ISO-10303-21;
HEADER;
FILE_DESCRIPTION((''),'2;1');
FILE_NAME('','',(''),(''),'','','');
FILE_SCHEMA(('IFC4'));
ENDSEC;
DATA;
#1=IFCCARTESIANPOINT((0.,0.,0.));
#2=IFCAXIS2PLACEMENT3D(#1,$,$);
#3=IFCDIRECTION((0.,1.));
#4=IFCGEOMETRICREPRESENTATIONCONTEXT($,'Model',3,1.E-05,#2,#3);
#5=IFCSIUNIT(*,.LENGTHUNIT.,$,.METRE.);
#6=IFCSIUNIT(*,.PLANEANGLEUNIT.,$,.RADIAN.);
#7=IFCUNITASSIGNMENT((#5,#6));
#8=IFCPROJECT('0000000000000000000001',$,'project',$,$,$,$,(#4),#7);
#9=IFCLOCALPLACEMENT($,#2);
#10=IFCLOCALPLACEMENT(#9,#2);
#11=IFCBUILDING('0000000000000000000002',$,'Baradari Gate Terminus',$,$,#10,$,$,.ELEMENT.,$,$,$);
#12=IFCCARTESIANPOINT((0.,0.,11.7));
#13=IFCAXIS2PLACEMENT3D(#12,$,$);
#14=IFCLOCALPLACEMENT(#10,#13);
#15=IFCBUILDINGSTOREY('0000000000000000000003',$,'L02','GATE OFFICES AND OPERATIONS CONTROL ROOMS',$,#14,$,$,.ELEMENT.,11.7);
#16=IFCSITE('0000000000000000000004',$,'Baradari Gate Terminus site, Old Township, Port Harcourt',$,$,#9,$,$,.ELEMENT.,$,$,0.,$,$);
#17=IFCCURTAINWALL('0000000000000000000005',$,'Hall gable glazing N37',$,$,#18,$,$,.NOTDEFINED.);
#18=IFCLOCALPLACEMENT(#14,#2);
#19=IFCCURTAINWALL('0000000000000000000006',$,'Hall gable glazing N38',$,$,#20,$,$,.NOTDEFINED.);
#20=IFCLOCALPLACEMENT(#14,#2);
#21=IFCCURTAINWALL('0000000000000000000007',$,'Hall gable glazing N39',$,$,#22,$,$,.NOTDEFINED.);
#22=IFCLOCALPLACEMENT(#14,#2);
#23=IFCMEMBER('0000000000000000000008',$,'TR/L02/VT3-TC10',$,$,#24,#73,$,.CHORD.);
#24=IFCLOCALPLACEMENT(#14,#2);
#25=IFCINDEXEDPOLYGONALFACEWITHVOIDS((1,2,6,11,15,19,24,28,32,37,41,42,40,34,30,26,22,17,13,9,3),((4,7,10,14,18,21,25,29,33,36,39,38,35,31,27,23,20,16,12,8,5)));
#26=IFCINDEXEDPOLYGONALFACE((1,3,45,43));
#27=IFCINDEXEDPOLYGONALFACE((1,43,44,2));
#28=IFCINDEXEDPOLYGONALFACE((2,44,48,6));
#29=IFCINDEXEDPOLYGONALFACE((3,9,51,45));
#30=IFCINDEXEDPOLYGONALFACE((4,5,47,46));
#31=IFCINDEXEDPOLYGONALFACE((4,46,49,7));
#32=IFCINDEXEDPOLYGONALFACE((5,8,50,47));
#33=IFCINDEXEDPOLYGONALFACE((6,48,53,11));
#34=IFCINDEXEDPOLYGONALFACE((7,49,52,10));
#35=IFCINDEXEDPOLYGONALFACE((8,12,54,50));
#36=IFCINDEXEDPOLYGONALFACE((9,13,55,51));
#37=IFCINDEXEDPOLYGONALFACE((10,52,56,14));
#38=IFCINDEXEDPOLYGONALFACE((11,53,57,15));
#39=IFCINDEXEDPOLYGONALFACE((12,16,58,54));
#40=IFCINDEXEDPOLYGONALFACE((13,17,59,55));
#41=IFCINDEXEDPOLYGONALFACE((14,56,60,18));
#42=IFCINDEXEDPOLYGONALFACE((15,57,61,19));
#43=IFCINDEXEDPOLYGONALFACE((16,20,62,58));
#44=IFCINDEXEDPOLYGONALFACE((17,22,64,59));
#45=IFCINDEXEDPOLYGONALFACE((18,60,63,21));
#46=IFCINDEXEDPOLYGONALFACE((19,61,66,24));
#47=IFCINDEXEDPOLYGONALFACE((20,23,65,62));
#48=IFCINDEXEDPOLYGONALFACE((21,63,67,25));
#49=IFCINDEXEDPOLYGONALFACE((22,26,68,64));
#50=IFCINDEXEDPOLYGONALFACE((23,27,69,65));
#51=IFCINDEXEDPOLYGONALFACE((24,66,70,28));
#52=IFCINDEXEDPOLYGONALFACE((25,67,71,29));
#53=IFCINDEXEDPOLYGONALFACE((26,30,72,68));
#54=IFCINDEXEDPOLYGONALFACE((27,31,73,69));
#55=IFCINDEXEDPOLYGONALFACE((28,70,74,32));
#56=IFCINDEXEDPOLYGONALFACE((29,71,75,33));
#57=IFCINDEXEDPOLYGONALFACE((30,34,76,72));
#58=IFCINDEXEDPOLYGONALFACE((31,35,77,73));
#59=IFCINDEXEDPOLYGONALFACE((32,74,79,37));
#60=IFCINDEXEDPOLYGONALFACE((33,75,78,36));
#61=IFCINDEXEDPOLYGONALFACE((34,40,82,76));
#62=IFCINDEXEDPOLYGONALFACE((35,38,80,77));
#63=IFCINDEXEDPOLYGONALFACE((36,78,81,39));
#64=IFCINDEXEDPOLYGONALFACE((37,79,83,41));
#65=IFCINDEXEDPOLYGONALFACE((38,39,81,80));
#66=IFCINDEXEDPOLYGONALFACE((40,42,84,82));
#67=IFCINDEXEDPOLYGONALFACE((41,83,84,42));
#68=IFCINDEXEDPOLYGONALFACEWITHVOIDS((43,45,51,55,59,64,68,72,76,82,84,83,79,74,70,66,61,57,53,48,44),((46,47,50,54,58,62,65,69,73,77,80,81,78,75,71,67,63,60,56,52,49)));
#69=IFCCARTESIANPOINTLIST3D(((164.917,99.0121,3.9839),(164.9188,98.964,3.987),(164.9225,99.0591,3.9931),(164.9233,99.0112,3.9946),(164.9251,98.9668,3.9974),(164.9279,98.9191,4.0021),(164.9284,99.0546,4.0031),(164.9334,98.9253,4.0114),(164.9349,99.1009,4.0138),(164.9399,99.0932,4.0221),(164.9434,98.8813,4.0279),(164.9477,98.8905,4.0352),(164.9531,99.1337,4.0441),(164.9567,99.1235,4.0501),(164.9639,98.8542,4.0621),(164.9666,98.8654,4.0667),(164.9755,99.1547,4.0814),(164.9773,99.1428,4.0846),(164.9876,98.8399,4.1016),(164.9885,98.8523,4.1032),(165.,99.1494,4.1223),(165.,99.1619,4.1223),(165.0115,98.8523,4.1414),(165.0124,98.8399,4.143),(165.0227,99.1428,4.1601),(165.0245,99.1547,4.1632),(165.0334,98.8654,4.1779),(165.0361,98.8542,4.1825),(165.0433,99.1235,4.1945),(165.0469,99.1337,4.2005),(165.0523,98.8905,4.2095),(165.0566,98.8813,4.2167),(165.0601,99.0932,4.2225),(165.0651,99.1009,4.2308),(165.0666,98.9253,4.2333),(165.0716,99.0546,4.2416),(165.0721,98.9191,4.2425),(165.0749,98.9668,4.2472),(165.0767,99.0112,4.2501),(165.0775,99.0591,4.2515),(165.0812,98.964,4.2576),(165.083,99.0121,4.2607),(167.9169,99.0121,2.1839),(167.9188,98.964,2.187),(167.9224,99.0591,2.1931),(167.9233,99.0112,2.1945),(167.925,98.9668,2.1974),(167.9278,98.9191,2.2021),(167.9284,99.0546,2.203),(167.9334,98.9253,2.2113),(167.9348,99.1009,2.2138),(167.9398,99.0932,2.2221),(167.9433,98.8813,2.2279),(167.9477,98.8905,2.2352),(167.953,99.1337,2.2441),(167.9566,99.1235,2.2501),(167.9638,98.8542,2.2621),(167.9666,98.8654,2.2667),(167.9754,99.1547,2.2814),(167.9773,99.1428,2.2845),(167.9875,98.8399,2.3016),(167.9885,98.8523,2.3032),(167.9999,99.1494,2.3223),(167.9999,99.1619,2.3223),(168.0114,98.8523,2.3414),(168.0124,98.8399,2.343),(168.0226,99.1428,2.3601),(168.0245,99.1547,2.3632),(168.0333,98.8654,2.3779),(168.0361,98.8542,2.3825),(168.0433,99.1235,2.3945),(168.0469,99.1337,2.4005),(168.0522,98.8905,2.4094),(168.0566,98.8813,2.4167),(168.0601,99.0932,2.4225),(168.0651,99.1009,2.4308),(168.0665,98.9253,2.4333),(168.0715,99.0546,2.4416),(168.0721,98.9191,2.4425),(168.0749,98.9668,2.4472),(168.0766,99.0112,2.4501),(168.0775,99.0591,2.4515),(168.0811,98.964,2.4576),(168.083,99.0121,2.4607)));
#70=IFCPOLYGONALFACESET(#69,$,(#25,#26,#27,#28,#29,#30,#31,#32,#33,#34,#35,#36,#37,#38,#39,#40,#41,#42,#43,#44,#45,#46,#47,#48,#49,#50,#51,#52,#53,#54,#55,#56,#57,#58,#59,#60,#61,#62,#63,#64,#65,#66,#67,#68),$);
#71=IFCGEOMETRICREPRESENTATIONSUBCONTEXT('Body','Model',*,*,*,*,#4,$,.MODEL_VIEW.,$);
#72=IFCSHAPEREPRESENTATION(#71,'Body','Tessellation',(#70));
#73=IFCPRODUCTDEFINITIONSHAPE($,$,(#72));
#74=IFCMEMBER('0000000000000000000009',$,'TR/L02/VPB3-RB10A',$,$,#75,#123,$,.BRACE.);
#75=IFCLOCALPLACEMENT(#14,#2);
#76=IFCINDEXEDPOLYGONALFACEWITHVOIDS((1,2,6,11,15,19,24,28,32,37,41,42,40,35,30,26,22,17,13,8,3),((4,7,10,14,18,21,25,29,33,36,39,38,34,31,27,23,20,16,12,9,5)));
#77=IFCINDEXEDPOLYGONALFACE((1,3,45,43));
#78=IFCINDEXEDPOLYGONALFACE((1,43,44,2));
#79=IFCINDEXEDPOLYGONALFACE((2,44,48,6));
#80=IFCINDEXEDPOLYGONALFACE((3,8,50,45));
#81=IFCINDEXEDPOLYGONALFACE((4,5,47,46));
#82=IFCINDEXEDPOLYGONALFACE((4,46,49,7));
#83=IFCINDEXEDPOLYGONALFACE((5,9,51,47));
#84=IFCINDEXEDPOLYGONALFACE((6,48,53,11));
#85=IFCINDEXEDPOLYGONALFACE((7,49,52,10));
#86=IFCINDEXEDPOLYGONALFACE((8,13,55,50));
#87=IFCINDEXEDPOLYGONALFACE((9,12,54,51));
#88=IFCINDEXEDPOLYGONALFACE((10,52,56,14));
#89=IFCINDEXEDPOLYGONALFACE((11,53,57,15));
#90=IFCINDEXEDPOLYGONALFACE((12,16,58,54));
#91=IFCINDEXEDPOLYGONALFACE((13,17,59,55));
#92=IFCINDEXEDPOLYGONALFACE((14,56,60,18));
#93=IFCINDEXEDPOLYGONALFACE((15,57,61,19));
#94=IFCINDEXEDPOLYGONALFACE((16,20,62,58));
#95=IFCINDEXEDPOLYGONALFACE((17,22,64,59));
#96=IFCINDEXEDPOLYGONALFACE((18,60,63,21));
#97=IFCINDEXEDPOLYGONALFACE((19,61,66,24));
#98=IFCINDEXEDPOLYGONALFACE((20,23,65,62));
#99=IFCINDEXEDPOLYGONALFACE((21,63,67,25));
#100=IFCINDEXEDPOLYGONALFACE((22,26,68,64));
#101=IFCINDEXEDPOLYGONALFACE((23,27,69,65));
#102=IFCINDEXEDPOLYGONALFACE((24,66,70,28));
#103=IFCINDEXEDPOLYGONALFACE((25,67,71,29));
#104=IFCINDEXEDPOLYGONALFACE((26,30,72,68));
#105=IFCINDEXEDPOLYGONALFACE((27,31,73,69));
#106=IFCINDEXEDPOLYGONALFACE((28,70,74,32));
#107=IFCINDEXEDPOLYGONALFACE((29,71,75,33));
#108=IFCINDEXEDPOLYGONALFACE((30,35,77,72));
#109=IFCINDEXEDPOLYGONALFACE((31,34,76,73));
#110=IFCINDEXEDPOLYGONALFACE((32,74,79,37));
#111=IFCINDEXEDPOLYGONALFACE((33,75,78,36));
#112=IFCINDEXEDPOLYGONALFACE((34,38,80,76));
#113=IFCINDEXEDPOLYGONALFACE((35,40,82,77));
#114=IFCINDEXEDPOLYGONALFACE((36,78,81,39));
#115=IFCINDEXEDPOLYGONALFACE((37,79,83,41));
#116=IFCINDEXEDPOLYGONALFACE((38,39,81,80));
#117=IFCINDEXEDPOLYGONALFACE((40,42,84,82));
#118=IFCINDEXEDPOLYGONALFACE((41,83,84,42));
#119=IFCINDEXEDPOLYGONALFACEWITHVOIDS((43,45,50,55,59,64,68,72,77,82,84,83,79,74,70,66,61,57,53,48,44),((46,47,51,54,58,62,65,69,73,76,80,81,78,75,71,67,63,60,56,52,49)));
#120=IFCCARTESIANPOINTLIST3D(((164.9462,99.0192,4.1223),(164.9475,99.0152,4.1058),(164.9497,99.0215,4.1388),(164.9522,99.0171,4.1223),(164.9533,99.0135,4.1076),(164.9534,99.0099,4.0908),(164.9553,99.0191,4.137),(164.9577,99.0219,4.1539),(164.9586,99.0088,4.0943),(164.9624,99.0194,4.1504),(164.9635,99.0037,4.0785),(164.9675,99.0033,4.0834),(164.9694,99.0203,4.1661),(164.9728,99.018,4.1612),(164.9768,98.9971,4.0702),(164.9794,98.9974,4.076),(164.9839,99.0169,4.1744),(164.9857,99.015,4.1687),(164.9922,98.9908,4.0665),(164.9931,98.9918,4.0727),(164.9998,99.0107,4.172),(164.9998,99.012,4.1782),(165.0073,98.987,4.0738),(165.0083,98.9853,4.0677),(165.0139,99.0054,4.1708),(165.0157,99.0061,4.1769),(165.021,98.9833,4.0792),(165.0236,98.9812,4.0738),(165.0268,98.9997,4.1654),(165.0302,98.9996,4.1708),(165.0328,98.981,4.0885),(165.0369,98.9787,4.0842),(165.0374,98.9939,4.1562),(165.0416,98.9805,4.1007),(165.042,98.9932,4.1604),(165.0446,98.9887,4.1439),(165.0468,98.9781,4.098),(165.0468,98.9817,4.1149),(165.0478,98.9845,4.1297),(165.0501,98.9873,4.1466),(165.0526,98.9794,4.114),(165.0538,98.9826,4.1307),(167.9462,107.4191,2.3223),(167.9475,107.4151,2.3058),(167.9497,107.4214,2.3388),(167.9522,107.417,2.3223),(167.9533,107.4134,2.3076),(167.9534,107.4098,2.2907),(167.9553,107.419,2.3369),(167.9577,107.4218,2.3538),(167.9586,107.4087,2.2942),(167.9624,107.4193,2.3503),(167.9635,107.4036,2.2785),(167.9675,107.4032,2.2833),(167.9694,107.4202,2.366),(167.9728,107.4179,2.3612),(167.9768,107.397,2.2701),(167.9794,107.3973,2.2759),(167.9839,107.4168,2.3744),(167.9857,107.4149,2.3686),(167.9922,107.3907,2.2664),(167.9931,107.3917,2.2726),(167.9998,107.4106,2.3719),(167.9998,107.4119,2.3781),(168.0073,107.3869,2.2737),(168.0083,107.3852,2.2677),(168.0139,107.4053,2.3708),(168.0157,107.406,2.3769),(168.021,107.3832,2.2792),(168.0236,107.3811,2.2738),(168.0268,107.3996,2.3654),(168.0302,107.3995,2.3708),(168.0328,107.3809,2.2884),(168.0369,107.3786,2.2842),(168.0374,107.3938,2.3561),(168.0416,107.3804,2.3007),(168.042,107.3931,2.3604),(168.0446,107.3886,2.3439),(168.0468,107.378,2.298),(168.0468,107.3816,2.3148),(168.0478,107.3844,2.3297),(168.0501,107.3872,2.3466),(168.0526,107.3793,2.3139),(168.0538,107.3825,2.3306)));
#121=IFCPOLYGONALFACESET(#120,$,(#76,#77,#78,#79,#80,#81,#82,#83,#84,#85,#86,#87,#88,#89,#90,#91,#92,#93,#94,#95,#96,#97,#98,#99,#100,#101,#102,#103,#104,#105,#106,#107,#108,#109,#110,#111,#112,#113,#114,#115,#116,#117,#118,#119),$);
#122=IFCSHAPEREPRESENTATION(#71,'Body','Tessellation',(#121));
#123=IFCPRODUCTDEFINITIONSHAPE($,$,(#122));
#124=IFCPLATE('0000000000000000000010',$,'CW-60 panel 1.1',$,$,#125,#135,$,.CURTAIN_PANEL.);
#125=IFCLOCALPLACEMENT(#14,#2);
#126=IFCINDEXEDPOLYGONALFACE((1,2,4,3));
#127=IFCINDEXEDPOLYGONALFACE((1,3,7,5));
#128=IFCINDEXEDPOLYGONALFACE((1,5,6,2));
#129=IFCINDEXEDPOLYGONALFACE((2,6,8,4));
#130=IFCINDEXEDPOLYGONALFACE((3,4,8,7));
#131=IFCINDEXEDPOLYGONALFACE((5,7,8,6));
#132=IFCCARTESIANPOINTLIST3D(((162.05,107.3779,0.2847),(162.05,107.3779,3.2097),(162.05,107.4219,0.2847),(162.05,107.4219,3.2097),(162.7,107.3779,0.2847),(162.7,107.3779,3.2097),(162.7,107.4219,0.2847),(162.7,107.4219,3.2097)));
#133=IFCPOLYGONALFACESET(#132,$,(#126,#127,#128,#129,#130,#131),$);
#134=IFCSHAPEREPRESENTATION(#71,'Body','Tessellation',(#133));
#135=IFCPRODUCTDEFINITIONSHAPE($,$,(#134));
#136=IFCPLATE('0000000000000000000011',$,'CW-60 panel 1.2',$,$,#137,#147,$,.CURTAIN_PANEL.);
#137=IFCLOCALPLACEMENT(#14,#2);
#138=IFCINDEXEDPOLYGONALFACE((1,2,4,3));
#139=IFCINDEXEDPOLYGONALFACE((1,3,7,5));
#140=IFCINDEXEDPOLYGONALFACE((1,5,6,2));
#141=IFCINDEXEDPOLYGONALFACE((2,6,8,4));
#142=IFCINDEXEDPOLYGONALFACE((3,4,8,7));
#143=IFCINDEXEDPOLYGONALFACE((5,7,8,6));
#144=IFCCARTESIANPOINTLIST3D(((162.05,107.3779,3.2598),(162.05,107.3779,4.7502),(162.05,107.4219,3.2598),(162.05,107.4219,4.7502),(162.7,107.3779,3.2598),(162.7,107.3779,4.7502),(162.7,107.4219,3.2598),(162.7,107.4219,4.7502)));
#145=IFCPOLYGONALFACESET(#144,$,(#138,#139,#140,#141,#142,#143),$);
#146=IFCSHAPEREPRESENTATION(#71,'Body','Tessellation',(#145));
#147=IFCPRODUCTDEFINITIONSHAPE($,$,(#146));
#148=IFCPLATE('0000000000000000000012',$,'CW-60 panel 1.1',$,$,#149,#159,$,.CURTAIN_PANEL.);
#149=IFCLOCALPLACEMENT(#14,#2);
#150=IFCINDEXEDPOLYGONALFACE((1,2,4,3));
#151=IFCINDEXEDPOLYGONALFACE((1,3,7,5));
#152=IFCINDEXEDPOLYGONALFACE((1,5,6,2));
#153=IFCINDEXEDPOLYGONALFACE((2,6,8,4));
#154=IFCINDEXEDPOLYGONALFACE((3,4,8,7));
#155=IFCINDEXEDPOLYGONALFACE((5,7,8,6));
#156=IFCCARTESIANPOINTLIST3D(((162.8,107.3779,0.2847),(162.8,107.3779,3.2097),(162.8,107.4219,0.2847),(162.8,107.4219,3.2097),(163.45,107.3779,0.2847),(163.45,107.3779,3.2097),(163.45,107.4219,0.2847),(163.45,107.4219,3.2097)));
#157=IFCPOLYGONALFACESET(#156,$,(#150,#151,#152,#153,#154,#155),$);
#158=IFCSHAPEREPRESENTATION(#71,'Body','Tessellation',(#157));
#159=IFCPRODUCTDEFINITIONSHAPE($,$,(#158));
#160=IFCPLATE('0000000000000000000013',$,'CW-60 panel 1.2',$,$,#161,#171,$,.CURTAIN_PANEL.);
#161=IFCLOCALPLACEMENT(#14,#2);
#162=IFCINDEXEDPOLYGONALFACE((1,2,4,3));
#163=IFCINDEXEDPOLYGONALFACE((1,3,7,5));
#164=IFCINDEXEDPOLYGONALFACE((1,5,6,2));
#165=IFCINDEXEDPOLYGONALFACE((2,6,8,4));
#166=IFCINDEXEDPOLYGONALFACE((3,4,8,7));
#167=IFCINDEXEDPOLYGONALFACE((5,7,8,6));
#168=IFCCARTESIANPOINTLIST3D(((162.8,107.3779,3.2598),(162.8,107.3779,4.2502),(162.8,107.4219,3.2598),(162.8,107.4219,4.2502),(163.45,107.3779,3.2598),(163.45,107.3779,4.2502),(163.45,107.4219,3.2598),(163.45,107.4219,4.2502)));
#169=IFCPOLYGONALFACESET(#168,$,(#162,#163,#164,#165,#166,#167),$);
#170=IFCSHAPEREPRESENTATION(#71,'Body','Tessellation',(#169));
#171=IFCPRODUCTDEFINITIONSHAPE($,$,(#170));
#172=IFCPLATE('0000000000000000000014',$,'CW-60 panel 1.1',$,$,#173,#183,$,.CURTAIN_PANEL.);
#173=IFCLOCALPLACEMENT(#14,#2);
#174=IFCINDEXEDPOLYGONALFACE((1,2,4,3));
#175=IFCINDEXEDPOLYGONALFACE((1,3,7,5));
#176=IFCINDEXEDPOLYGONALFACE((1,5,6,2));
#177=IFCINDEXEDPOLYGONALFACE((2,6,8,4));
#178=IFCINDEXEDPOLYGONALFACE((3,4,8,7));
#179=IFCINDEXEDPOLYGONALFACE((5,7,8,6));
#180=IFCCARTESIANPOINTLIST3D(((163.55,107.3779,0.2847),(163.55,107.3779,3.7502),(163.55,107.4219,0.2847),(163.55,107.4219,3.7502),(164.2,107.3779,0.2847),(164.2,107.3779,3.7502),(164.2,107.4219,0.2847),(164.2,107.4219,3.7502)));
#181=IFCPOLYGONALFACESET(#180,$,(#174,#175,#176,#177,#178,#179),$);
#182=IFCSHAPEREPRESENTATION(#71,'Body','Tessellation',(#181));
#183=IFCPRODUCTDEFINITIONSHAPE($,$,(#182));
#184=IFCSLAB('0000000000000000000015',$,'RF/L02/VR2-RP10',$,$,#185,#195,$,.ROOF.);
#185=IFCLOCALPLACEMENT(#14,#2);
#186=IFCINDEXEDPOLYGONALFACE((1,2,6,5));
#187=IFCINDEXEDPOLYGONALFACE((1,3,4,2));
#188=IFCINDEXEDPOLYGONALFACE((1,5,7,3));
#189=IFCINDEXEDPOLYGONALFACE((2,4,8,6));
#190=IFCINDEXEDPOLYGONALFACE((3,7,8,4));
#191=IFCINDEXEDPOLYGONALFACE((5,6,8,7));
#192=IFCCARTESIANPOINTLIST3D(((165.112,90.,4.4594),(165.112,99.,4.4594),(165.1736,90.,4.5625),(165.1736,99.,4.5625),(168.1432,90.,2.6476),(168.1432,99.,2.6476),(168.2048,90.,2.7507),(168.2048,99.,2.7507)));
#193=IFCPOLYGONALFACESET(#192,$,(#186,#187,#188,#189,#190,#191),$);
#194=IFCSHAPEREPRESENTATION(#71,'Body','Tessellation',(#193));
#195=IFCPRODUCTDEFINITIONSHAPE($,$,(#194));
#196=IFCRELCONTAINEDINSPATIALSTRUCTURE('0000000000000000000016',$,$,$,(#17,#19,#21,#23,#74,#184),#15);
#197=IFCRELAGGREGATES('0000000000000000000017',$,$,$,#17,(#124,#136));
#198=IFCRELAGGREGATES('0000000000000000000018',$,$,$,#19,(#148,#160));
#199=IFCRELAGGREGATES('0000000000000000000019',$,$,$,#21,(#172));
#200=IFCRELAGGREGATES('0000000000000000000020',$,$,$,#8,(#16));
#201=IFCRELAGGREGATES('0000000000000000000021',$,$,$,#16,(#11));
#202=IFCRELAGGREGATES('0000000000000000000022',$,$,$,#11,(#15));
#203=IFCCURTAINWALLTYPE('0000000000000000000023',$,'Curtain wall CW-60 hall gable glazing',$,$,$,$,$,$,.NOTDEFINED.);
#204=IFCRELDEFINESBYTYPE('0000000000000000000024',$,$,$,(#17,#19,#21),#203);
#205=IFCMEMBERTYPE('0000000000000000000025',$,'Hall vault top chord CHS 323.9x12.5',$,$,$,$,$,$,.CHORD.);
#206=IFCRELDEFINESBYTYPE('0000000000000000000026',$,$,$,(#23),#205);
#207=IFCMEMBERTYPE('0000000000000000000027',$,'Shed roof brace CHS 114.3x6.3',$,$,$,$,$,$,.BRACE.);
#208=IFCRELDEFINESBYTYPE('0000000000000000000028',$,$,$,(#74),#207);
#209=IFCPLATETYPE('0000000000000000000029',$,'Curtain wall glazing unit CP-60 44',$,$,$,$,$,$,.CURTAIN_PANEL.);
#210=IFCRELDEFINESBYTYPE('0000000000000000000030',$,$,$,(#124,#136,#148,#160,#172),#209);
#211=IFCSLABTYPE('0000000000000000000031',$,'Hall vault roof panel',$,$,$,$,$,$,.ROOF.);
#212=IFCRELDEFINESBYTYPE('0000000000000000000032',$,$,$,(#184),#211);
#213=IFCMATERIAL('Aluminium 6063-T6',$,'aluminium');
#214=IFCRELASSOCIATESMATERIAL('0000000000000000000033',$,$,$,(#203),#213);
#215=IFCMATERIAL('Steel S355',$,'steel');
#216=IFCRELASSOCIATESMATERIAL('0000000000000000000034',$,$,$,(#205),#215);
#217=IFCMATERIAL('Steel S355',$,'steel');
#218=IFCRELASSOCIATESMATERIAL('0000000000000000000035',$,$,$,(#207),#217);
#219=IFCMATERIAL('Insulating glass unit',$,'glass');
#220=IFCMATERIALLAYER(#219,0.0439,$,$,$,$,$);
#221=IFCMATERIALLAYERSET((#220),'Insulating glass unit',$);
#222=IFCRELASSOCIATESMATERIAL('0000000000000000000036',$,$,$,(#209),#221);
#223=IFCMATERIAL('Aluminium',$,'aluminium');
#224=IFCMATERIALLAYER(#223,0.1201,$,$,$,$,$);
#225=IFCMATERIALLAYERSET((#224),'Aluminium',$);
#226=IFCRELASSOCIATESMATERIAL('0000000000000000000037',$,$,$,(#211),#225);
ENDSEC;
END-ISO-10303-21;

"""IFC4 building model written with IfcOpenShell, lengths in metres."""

from ifc_helpers import new_model, si_unit, direction, frame, origin, origin_2d, place, context, subcontext, project, spatial, polyline, rectangle, hollow_circle, outline, extrude, material, layer, layer_set, material_profile, profile_set, type_object, element, aggregate, save


model = new_model("IFC4")

# Units and contexts
model_context = context("Model", 3, precision=1e-05, world=origin(), true_north=direction((0.0, 1.0)))
body_context = subcontext(model_context, "Body", "Model", "MODEL_VIEW")
ifc_project = project(units=[si_unit("LENGTHUNIT", "METRE"), si_unit("PLANEANGLEUNIT", "RADIAN")], contexts=[model_context])

# Site, building, storey
site_placement = place(None, origin())
site = spatial("IfcSite", under=ifc_project, at=site_placement, Name="Baradari Gate Terminus site, Old Township, Port Harcourt", CompositionType="ELEMENT", RefElevation=0.0)
building_placement = place(site_placement, origin())
building = spatial("IfcBuilding", under=site, at=building_placement, Name="Baradari Gate Terminus", CompositionType="ELEMENT")
storey_placement = place(building_placement, frame((0.0, 0.0, 11.7)))
storey = spatial("IfcBuildingStorey", under=building, at=storey_placement, Name="L02", Description="GATE OFFICES AND OPERATIONS CONTROL ROOMS", CompositionType="ELEMENT", Elevation=11.7)

# Curtain walls
ifc_material_1 = material(Name="Aluminium 6063-T6", Category="aluminium")
curtain_wall_type = type_object("IfcCurtainWallType", Name="Curtain wall CW-60 hall gable glazing", PredefinedType="NOTDEFINED", material=ifc_material_1)
curtain_wall_1_placement = place(storey_placement, origin())
curtain_wall_1 = element("IfcCurtainWall", 1, at=curtain_wall_1_placement, inside=storey, type_object=curtain_wall_type, Name="Hall gable glazing N37", PredefinedType="NOTDEFINED")
curtain_wall_2_placement = place(storey_placement, origin())
curtain_wall_2 = element("IfcCurtainWall", 2, at=curtain_wall_2_placement, inside=storey, type_object=curtain_wall_type, Name="Hall gable glazing N38", PredefinedType="NOTDEFINED")
curtain_wall_3_placement = place(storey_placement, origin())
curtain_wall_3 = element("IfcCurtainWall", 3, at=curtain_wall_3_placement, inside=storey, type_object=curtain_wall_type, Name="Hall gable glazing N39", PredefinedType="NOTDEFINED")

# Members
ifc_material_2 = material(Name="Steel S355", Category="steel")
ifc_material_profile_1 = material_profile(ifc_material_2, hollow_circle(Radius=0.1619, WallThickness=0.0125, at=origin_2d()), Name="CHS 323.9x12.5")
ifc_profile_set_1 = profile_set([ifc_material_profile_1], Name="Steel S355")
member_type_1 = type_object("IfcMemberType", Name="Hall vault top chord CHS 323.9x12.5", PredefinedType="CHORD", material=ifc_profile_set_1)
member_1_placement = place(storey_placement, frame((165.0, 99.0, 4.1223), z_axis=(0.857487, 0.0, -0.514506), x_axis=(0.0, 1.0, 0.0)))
element("IfcMember", 4, at=member_1_placement, inside=storey, type_object=member_type_1, Name="TR/L02/VT3-TC10", PredefinedType="CHORD", context=body_context, shape_type="SweptSolid", body=[
    extrude(hollow_circle(Radius=0.1619, WallThickness=0.0125, at=origin_2d()), origin(), (0.0, 0.0, 1.0), 3.4985),
])
ifc_material_3 = material(Name="Steel S355", Category="steel")
ifc_material_profile_2 = material_profile(ifc_material_3, hollow_circle(Radius=0.0571, WallThickness=0.0063, at=origin_2d()), Name="CHS 114.3x6.3")
ifc_profile_set_2 = profile_set([ifc_material_profile_2], Name="Steel S355")
member_type_2 = type_object("IfcMemberType", Name="Shed roof brace CHS 114.3x6.3", PredefinedType="BRACE", material=ifc_profile_set_2)
member_2_placement = place(storey_placement, frame((165.0, 99.0, 4.1223), z_axis=(0.329693, 0.92313, -0.197821), x_axis=(-0.941741, 0.33634, 0.0)))
element("IfcMember", 5, at=member_2_placement, inside=storey, type_object=member_type_2, Name="TR/L02/VPB3-RB10A", PredefinedType="BRACE", context=body_context, shape_type="SweptSolid", body=[
    extrude(hollow_circle(Radius=0.0571, WallThickness=0.0063, at=origin_2d()), origin(), (0.0, 0.0, 1.0), 9.0994),
])

# Plates
ifc_material_4 = material(Name="Insulating glass unit", Category="glass")
ifc_layer_1 = layer(ifc_material_4, 0.0439)
ifc_layer_set_1 = layer_set([ifc_layer_1], Name="Insulating glass unit")
plate_type = type_object("IfcPlateType", Name="Curtain wall glazing unit CP-60 44", PredefinedType="CURTAIN_PANEL", material=ifc_layer_set_1)
plate_1_placement = place(storey_placement, frame((162.375, 107.3999, 0.2847), z_axis=(0.0, 0.0, 1.0), x_axis=(1.0, 0.0, 0.0)))
plate_1 = element("IfcPlate", 6, at=plate_1_placement, type_object=plate_type, Name="CW-60 panel 1.1", PredefinedType="CURTAIN_PANEL", context=body_context, shape_type="SweptSolid", body=[
    extrude(rectangle(XDim=0.6499, YDim=0.0439, at=origin_2d()), origin(), (0.0, 0.0, 1.0), 2.925),
])
plate_2_placement = place(storey_placement, frame((162.375, 107.3999, 3.2598), z_axis=(0.0, 0.0, 1.0), x_axis=(1.0, 0.0, 0.0)))
plate_2 = element("IfcPlate", 7, at=plate_2_placement, type_object=plate_type, Name="CW-60 panel 1.2", PredefinedType="CURTAIN_PANEL", context=body_context, shape_type="SweptSolid", body=[
    extrude(rectangle(XDim=0.6499, YDim=0.0439, at=origin_2d()), origin(), (0.0, 0.0, 1.0), 1.4905),
])
aggregate(curtain_wall_1, [plate_1, plate_2])
plate_3_placement = place(storey_placement, frame((163.125, 107.3999, 0.2847), z_axis=(0.0, 0.0, 1.0), x_axis=(1.0, 0.0, 0.0)))
plate_3 = element("IfcPlate", 8, at=plate_3_placement, type_object=plate_type, Name="CW-60 panel 1.1", PredefinedType="CURTAIN_PANEL", context=body_context, shape_type="SweptSolid", body=[
    extrude(rectangle(XDim=0.6499, YDim=0.0439, at=origin_2d()), origin(), (0.0, 0.0, 1.0), 2.925),
])
plate_4_placement = place(storey_placement, frame((163.125, 107.3999, 3.2598), z_axis=(0.0, 0.0, 1.0), x_axis=(1.0, 0.0, 0.0)))
plate_4 = element("IfcPlate", 9, at=plate_4_placement, type_object=plate_type, Name="CW-60 panel 1.2", PredefinedType="CURTAIN_PANEL", context=body_context, shape_type="SweptSolid", body=[
    extrude(rectangle(XDim=0.6499, YDim=0.0439, at=origin_2d()), origin(), (0.0, 0.0, 1.0), 0.9905),
])
aggregate(curtain_wall_2, [plate_3, plate_4])
plate_5_placement = place(storey_placement, frame((163.875, 107.3999, 0.2847), z_axis=(0.0, 0.0, 1.0), x_axis=(1.0, 0.0, 0.0)))
plate_5 = element("IfcPlate", 10, at=plate_5_placement, type_object=plate_type, Name="CW-60 panel 1.1", PredefinedType="CURTAIN_PANEL", context=body_context, shape_type="SweptSolid", body=[
    extrude(rectangle(XDim=0.6499, YDim=0.0439, at=origin_2d()), origin(), (0.0, 0.0, 1.0), 3.4656),
])
aggregate(curtain_wall_3, [plate_5])

# Slab
ifc_material_5 = material(Name="Aluminium", Category="aluminium")
ifc_layer_2 = layer(ifc_material_5, 0.1201)
ifc_layer_set_2 = layer_set([ifc_layer_2], Name="Aluminium")
slab_type = type_object("IfcSlabType", Name="Hall vault roof panel", PredefinedType="ROOF", material=ifc_layer_set_2)
slab_1_placement = place(storey_placement, frame((165.1736, 90.0, 4.5625), z_axis=(0.513041, 0.0, 0.858364), x_axis=(0.0, 1.0, 0.0)))
element("IfcSlab", 11, at=slab_1_placement, inside=storey, type_object=slab_type, Name="RF/L02/VR2-RP10", PredefinedType="ROOF", context=body_context, shape_type="SweptSolid", body=[
    extrude(outline(polyline([(0.0, 0.0), (9.0, 0.0), (9.0, -3.5314), (0.0, -3.5314), (0.0, 0.0)])), origin(), (0.0, 0.0, -1.0), 0.1201),
])

save(model, "model.ifc")
